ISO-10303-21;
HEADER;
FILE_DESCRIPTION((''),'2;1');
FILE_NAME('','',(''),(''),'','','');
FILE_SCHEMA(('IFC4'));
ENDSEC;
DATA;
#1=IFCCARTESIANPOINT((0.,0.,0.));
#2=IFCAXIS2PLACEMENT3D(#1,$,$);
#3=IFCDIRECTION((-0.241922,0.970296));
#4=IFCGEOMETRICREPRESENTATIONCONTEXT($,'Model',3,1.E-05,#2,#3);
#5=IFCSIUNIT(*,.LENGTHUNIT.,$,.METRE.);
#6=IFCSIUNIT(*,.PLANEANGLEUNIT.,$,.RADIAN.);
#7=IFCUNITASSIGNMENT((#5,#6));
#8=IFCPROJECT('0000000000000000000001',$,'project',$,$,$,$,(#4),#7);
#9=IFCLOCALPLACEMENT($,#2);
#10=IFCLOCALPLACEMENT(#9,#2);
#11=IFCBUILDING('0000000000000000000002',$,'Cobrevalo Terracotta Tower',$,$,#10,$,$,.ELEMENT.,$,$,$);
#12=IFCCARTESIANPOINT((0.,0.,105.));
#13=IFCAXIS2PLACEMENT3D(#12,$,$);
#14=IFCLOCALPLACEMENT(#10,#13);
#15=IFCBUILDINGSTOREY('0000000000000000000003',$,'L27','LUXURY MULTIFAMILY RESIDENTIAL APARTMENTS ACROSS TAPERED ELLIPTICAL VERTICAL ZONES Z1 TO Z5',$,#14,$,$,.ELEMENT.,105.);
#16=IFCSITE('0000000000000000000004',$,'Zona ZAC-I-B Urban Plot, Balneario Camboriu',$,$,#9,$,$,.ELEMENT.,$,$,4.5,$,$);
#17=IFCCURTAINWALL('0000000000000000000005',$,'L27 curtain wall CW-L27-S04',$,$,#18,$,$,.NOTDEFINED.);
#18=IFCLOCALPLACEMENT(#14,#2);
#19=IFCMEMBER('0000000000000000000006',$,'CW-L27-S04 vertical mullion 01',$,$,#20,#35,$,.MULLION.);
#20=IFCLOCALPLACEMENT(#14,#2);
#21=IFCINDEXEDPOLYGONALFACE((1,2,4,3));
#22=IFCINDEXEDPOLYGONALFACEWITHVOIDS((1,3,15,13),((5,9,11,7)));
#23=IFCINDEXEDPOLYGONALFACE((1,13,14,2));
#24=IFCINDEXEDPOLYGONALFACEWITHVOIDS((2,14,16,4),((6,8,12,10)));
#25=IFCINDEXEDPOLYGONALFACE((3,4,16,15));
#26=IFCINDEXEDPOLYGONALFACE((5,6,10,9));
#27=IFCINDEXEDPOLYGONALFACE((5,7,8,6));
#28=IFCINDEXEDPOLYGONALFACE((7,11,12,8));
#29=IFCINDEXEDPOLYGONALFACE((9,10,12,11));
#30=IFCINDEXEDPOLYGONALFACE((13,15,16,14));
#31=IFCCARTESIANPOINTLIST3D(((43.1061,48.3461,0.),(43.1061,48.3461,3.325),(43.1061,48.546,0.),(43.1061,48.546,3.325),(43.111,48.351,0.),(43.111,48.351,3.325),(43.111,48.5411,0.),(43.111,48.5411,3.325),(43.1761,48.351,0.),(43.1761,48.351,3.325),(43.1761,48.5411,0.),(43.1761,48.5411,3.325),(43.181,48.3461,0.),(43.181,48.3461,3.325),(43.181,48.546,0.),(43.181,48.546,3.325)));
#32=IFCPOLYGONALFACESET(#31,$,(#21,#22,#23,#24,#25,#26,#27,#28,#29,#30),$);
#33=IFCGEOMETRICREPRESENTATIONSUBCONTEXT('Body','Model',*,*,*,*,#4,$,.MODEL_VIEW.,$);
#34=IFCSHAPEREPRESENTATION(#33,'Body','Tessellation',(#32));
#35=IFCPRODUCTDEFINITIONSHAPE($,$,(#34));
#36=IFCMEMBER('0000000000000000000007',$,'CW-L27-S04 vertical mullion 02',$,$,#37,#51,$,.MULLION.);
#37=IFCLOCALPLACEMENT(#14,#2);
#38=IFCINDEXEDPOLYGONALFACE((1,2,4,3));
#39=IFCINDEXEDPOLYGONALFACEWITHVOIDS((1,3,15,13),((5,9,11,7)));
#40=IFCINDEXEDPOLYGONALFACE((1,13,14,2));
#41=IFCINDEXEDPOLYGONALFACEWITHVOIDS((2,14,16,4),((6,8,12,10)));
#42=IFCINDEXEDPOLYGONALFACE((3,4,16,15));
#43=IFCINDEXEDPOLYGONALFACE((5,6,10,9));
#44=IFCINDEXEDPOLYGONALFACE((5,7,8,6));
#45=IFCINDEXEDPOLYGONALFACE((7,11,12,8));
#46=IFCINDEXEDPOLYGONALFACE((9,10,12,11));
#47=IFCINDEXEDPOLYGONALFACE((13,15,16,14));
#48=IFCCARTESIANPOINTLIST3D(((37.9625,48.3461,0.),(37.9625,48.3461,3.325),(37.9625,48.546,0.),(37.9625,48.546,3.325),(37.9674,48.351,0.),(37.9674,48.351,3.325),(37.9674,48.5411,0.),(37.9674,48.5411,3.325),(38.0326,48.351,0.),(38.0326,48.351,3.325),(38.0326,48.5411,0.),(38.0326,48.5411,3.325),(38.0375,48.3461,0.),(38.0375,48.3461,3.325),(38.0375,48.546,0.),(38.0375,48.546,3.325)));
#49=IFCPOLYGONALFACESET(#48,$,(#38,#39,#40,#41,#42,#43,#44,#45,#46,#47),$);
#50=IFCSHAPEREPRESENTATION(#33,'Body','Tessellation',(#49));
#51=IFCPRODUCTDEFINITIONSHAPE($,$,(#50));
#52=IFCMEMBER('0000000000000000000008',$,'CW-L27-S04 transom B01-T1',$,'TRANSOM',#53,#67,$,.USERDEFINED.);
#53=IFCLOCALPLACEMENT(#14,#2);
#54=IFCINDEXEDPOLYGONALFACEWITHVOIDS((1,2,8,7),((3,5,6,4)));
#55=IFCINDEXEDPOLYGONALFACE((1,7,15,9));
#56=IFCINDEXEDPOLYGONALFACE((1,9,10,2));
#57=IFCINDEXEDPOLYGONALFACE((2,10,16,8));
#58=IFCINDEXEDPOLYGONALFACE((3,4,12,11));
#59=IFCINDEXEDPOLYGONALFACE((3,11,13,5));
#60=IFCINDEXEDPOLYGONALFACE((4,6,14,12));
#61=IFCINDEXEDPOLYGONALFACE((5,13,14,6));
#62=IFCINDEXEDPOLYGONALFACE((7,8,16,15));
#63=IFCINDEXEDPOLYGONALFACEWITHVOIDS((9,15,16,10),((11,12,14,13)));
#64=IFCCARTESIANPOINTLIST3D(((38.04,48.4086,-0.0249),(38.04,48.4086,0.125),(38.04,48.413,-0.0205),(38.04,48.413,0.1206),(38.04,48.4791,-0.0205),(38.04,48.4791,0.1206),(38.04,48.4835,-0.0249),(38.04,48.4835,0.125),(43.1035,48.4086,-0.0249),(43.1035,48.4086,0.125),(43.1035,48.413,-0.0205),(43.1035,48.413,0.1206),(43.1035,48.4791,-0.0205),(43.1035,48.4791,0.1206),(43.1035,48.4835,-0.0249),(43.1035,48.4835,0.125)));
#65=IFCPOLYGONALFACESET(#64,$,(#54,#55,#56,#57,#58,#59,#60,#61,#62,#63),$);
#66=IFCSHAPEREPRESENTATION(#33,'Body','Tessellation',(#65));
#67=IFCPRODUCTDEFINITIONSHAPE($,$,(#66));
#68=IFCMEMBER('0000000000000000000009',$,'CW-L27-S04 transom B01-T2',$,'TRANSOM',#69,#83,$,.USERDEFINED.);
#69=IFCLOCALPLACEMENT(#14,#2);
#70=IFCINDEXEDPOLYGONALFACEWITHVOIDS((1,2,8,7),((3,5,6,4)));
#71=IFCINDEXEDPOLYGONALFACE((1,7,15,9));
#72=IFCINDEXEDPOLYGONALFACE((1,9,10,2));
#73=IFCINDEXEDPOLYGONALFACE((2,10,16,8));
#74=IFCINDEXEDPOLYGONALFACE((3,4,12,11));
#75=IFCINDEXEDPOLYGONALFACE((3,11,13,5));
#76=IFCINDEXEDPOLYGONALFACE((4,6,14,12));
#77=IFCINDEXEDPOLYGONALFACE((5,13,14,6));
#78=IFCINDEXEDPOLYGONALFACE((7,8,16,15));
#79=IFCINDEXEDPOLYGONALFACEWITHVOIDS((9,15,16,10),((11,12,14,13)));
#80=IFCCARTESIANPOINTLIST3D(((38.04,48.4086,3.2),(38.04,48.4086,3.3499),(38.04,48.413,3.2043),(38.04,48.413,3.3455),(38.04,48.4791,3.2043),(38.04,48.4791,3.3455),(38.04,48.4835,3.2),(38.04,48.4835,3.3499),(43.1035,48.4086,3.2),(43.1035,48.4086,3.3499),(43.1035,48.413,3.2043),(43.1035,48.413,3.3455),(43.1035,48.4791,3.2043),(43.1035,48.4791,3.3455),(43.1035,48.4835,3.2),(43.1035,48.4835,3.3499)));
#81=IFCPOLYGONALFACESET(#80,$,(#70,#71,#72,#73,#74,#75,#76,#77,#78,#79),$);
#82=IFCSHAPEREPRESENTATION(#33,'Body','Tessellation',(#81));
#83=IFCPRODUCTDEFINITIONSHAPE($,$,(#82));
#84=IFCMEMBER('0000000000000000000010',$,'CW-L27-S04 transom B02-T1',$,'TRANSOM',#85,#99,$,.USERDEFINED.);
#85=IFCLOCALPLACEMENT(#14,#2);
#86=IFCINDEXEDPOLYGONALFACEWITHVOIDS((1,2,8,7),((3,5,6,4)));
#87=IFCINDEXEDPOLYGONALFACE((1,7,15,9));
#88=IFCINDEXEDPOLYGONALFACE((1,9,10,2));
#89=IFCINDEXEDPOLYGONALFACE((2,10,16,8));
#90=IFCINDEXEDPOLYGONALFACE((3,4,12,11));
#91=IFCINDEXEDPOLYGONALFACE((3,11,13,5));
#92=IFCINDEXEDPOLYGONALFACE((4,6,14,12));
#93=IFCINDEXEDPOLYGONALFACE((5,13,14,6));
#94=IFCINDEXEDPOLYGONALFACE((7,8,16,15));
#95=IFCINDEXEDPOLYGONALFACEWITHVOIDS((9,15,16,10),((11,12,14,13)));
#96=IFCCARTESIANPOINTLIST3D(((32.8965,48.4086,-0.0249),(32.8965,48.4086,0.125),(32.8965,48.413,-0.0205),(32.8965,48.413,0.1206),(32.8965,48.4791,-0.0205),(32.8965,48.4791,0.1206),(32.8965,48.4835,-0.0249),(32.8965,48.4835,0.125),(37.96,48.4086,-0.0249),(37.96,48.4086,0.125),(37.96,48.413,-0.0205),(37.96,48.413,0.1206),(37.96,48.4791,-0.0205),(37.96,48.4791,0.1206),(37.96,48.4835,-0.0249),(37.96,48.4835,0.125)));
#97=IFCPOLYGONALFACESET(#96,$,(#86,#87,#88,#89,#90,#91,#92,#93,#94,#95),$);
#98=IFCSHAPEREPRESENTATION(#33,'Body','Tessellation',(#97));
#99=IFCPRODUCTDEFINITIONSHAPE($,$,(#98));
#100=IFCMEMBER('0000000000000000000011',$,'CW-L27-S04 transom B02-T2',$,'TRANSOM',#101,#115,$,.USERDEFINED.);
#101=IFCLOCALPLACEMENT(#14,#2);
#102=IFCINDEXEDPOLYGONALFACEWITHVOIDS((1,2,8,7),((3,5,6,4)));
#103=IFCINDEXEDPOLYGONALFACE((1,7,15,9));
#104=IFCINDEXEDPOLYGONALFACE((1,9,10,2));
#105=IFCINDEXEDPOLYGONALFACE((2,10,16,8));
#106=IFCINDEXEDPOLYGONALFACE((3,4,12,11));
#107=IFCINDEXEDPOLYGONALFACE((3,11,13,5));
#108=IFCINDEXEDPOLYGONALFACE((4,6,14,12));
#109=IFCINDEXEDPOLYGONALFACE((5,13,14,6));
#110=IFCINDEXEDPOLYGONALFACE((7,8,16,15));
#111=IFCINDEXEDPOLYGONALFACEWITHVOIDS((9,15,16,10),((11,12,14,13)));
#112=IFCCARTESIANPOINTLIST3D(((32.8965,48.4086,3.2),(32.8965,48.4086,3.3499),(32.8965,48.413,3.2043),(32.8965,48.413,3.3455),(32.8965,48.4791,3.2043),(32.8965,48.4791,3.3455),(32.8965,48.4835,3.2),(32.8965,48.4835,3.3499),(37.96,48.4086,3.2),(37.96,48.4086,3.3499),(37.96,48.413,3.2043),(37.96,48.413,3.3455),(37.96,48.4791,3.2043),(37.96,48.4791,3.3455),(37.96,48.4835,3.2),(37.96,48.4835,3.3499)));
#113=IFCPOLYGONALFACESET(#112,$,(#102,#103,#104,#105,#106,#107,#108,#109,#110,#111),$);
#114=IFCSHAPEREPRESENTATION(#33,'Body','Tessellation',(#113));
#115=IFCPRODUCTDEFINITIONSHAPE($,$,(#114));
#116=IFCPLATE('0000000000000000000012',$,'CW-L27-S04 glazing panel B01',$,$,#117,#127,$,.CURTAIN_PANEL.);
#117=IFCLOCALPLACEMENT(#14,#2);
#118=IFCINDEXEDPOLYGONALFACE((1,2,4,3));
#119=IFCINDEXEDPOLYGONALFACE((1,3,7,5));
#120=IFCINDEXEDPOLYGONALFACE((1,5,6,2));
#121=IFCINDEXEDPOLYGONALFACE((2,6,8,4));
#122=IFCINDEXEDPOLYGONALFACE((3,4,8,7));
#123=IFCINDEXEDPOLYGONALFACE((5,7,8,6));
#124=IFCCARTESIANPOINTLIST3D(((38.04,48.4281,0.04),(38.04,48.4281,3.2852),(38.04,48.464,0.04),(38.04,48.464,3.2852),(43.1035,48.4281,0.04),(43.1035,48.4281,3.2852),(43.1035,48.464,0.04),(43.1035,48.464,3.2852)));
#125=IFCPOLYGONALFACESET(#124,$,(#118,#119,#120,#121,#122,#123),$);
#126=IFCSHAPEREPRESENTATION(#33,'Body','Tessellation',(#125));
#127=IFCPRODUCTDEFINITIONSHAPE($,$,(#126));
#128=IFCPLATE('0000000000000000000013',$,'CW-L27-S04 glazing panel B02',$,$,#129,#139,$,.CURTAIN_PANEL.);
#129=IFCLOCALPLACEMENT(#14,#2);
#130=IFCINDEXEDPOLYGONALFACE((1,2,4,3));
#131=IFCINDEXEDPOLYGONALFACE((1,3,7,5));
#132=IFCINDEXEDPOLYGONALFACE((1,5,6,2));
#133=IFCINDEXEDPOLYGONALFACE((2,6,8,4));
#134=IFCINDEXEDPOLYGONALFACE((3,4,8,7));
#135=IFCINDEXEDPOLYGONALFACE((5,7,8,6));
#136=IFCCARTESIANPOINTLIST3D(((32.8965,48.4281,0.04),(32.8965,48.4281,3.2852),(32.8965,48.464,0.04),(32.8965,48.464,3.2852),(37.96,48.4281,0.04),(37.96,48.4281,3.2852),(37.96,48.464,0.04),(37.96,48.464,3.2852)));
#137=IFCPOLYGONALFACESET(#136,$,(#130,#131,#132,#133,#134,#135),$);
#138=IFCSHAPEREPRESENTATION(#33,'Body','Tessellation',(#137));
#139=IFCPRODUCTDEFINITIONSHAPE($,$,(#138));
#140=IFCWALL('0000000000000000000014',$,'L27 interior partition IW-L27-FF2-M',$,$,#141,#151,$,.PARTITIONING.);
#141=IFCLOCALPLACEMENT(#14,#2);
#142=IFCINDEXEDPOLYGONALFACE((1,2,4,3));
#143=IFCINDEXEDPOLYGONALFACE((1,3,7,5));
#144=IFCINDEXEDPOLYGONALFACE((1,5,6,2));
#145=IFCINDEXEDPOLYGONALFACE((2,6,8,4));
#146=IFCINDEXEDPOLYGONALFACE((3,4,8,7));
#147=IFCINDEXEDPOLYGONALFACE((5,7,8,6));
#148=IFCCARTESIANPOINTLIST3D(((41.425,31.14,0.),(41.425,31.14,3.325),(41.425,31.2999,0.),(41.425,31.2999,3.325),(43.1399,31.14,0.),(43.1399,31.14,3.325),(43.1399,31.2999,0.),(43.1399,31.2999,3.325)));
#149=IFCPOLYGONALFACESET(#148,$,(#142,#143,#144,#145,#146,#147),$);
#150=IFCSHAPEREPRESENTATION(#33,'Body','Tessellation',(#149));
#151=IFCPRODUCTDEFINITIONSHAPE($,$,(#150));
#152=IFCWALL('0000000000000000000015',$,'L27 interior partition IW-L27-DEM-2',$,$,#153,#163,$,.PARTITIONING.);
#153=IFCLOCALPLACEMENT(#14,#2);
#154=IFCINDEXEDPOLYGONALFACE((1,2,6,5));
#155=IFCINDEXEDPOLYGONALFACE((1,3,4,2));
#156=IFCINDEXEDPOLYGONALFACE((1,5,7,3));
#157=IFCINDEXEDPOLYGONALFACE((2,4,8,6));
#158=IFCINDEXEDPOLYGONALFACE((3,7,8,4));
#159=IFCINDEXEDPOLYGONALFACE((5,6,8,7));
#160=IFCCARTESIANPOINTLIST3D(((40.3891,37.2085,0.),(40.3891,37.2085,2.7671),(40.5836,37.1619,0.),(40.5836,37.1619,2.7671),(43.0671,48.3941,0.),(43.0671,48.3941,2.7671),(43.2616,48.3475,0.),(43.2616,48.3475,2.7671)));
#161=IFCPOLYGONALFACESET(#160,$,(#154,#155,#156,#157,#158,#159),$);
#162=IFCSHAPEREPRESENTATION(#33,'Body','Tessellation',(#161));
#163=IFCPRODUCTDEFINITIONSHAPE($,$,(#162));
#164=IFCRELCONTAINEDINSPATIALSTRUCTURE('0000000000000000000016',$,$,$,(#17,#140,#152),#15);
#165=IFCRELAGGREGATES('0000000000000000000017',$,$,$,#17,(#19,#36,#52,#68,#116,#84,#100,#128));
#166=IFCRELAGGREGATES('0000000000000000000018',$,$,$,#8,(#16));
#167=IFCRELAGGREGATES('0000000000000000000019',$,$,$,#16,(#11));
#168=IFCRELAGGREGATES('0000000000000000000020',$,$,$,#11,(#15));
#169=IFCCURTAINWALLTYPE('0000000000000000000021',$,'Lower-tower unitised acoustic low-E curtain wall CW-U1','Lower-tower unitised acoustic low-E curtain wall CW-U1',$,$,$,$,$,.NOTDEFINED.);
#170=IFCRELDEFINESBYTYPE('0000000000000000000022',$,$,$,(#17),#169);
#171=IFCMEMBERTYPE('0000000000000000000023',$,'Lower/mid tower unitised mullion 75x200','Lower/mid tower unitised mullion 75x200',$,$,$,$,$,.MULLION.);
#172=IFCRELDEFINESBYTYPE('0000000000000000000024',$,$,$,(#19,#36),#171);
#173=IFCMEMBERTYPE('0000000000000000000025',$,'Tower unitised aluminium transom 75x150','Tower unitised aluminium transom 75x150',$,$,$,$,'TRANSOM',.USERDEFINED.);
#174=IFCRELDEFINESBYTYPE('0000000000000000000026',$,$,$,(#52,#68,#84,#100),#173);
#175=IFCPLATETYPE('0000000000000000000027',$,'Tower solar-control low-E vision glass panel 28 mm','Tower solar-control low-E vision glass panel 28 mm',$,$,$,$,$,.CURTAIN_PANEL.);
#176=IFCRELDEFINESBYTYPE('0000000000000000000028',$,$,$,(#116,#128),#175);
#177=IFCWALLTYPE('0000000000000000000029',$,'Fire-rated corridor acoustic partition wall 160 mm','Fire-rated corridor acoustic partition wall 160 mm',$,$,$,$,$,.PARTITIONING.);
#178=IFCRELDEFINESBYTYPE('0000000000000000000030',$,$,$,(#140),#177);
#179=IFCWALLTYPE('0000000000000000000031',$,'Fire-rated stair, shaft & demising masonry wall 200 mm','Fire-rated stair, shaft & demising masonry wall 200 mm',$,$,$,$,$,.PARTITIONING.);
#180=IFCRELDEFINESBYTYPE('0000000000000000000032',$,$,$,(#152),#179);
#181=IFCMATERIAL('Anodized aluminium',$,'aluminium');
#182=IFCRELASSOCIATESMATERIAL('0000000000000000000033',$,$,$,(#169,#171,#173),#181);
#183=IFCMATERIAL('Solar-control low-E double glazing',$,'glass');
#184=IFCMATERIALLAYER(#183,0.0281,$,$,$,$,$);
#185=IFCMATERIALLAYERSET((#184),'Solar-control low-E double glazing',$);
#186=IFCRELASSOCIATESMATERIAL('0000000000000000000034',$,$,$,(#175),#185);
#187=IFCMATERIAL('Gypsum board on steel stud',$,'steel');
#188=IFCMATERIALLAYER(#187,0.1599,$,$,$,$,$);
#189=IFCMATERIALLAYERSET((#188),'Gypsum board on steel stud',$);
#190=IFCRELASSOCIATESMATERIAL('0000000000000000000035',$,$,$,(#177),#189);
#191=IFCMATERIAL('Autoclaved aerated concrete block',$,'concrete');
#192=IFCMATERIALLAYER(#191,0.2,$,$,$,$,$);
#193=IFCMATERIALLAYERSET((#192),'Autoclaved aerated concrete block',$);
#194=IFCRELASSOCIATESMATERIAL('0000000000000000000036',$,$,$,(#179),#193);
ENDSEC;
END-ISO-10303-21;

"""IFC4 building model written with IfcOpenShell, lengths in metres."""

from ifc_helpers import new_model, si_unit, direction, frame, frame_2d, origin, origin_2d, place, context, subcontext, project, spatial, rectangle, hollow_rectangle, extrude, source, transform, mapped, material, layer, layer_set, material_profile, profile_set, type_object, element, aggregate, save


model = new_model("IFC4")

# Units and contexts
model_context = context("Model", 3, precision=1e-05, world=origin(), true_north=direction((-0.241922, 0.970296)))
body_context = subcontext(model_context, "Body", "Model", "MODEL_VIEW")
ifc_project = project(units=[si_unit("LENGTHUNIT", "METRE"), si_unit("PLANEANGLEUNIT", "RADIAN")], contexts=[model_context])

# Site, building, storey
site_placement = place(None, origin())
site = spatial("IfcSite", under=ifc_project, at=site_placement, Name="Zona ZAC-I-B Urban Plot, Balneario Camboriu", CompositionType="ELEMENT", RefElevation=4.5)
building_placement = place(site_placement, origin())
building = spatial("IfcBuilding", under=site, at=building_placement, Name="Cobrevalo Terracotta Tower", CompositionType="ELEMENT")
storey_placement = place(building_placement, frame((0.0, 0.0, 105.0)))
storey = spatial("IfcBuildingStorey", under=building, at=storey_placement, Name="L27", Description="LUXURY MULTIFAMILY RESIDENTIAL APARTMENTS ACROSS TAPERED ELLIPTICAL VERTICAL ZONES Z1 TO Z5", CompositionType="ELEMENT", Elevation=105.0)

# Curtain wall, members, plates
ifc_material_1 = material(Name="Anodized aluminium", Category="aluminium")
curtain_wall_type = type_object("IfcCurtainWallType", Name="Lower-tower unitised acoustic low-E curtain wall CW-U1", Description="Lower-tower unitised acoustic low-E curtain wall CW-U1", PredefinedType="NOTDEFINED", material=ifc_material_1)
curtain_wall_placement = place(storey_placement, origin())
curtain_wall = element("IfcCurtainWall", 1, at=curtain_wall_placement, inside=storey, type_object=curtain_wall_type, Name="L27 curtain wall CW-L27-S04", PredefinedType="NOTDEFINED")
ifc_material_profile_1 = material_profile(ifc_material_1, hollow_rectangle(XDim=0.075, YDim=0.2, WallThickness=0.0049, at=origin_2d()), Name="CWM 75x200")
ifc_profile_set_1 = profile_set([ifc_material_profile_1], Name="Anodized aluminium")
member_type_1 = type_object("IfcMemberType", Name="Lower/mid tower unitised mullion 75x200", Description="Lower/mid tower unitised mullion 75x200", PredefinedType="MULLION", material=ifc_profile_set_1)
shared_shape_1 = source(origin(), body_context, "Body", "SweptSolid", [
    extrude(hollow_rectangle(XDim=0.075, YDim=0.2, WallThickness=0.0049, at=origin_2d()), origin(), (0.0, 0.0, 1.0), 3.325),
])
member_1_placement = place(storey_placement, frame((43.1436, 48.446, 0.0), z_axis=(0.0, 0.0, 1.0), x_axis=(-1.0, 0.0, 0.0)))
member_1 = element("IfcMember", 2, at=member_1_placement, type_object=member_type_1, Name="CW-L27-S04 vertical mullion 01", PredefinedType="MULLION", context=body_context, shape_type="MappedRepresentation", body=[
    mapped(shared_shape_1, transform((0.0, 0.0, 0.0), scale=1.0)),
])
member_2_placement = place(storey_placement, frame((38.0, 48.446, 0.0), z_axis=(0.0, 0.0, 1.0), x_axis=(-1.0, 0.0, 0.0)))
member_2 = element("IfcMember", 3, at=member_2_placement, type_object=member_type_1, Name="CW-L27-S04 vertical mullion 02", PredefinedType="MULLION", context=body_context, shape_type="MappedRepresentation", body=[
    mapped(shared_shape_1, transform((0.0, 0.0, 0.0), scale=1.0)),
])
ifc_material_profile_2 = material_profile(ifc_material_1, hollow_rectangle(XDim=0.075, YDim=0.1499, WallThickness=0.0044, at=origin_2d()), Name="CWT 75x150")
ifc_profile_set_2 = profile_set([ifc_material_profile_2], Name="Anodized aluminium")
member_type_2 = type_object("IfcMemberType", Name="Tower unitised aluminium transom 75x150", Description="Tower unitised aluminium transom 75x150", ElementType="TRANSOM", PredefinedType="USERDEFINED", material=ifc_profile_set_2)
shared_shape_2 = source(origin(), body_context, "Body", "SweptSolid", [
    extrude(hollow_rectangle(XDim=0.075, YDim=0.1499, WallThickness=0.0044, at=origin_2d()), origin(), (0.0, 0.0, 1.0), 5.0635),
])
member_3_placement = place(storey_placement, frame((43.1035, 48.446, 0.05), z_axis=(-1.0, 0.0, 0.0), x_axis=(0.0, -1.0, 0.0)))
member_3 = element("IfcMember", 4, at=member_3_placement, type_object=member_type_2, Name="CW-L27-S04 transom B01-T1", ObjectType="TRANSOM", PredefinedType="USERDEFINED", context=body_context, shape_type="MappedRepresentation", body=[
    mapped(shared_shape_2, transform((0.0, 0.0, 0.0), scale=1.0)),
])
member_4_placement = place(storey_placement, frame((43.1035, 48.446, 3.2749), z_axis=(-1.0, 0.0, 0.0), x_axis=(0.0, -1.0, 0.0)))
member_4 = element("IfcMember", 5, at=member_4_placement, type_object=member_type_2, Name="CW-L27-S04 transom B01-T2", ObjectType="TRANSOM", PredefinedType="USERDEFINED", context=body_context, shape_type="MappedRepresentation", body=[
    mapped(shared_shape_2, transform((0.0, 0.0, 0.0), scale=1.0)),
])
member_5_placement = place(storey_placement, frame((37.96, 48.446, 0.05), z_axis=(-1.0, 0.0, 0.0), x_axis=(0.0, -1.0, 0.0)))
member_5 = element("IfcMember", 6, at=member_5_placement, type_object=member_type_2, Name="CW-L27-S04 transom B02-T1", ObjectType="TRANSOM", PredefinedType="USERDEFINED", context=body_context, shape_type="MappedRepresentation", body=[
    mapped(shared_shape_2, transform((0.0, 0.0, 0.0), scale=1.0)),
])
member_6_placement = place(storey_placement, frame((37.96, 48.446, 3.2749), z_axis=(-1.0, 0.0, 0.0), x_axis=(0.0, -1.0, 0.0)))
member_6 = element("IfcMember", 7, at=member_6_placement, type_object=member_type_2, Name="CW-L27-S04 transom B02-T2", ObjectType="TRANSOM", PredefinedType="USERDEFINED", context=body_context, shape_type="MappedRepresentation", body=[
    mapped(shared_shape_2, transform((0.0, 0.0, 0.0), scale=1.0)),
])
ifc_material_2 = material(Name="Solar-control low-E double glazing", Category="glass")
ifc_layer_1 = layer(ifc_material_2, 0.0281)
ifc_layer_set_1 = layer_set([ifc_layer_1], Name="Solar-control low-E double glazing")
plate_type = type_object("IfcPlateType", Name="Tower solar-control low-E vision glass panel 28 mm", Description="Tower solar-control low-E vision glass panel 28 mm", PredefinedType="CURTAIN_PANEL", material=ifc_layer_set_1)
shared_shape_3 = source(origin(), body_context, "Body", "SweptSolid", [
    extrude(rectangle(XDim=5.0635, YDim=0.0359, at=origin_2d()), origin(), (0.0, 0.0, 1.0), 3.2451),
])
plate_1_placement = place(storey_placement, frame((40.5718, 48.446, 0.04), z_axis=(0.0, 0.0, 1.0), x_axis=(-1.0, 0.0, 0.0)))
plate_1 = element("IfcPlate", 8, at=plate_1_placement, type_object=plate_type, Name="CW-L27-S04 glazing panel B01", PredefinedType="CURTAIN_PANEL", context=body_context, shape_type="MappedRepresentation", body=[
    mapped(shared_shape_3, transform((0.0, 0.0, 0.0), scale=1.0)),
])
plate_2_placement = place(storey_placement, frame((35.4282, 48.446, 0.04), z_axis=(0.0, 0.0, 1.0), x_axis=(-1.0, 0.0, 0.0)))
plate_2 = element("IfcPlate", 9, at=plate_2_placement, type_object=plate_type, Name="CW-L27-S04 glazing panel B02", PredefinedType="CURTAIN_PANEL", context=body_context, shape_type="MappedRepresentation", body=[
    mapped(shared_shape_3, transform((0.0, 0.0, 0.0), scale=1.0)),
])
aggregate(curtain_wall, [member_1, member_2, member_3, member_4, plate_1, member_5, member_6, plate_2])

# Walls
ifc_material_3 = material(Name="Gypsum board on steel stud", Category="steel")
ifc_layer_2 = layer(ifc_material_3, 0.1599)
ifc_layer_set_2 = layer_set([ifc_layer_2], Name="Gypsum board on steel stud")
wall_type_1 = type_object("IfcWallType", Name="Fire-rated corridor acoustic partition wall 160 mm", Description="Fire-rated corridor acoustic partition wall 160 mm", PredefinedType="PARTITIONING", material=ifc_layer_set_2)
wall_1_placement = place(storey_placement, frame((41.425, 31.22, 0.0), z_axis=(0.0, 0.0, 1.0), x_axis=(1.0, 0.0, 0.0)))
element("IfcWall", 10, at=wall_1_placement, inside=storey, type_object=wall_type_1, Name="L27 interior partition IW-L27-FF2-M", PredefinedType="PARTITIONING", context=body_context, shape_type="SweptSolid", body=[
    extrude(rectangle(XDim=1.7148, YDim=0.1599, at=frame_2d((0.8574, 0.0))), origin(), (0.0, 0.0, 1.0), 3.325),
])
ifc_material_4 = material(Name="Autoclaved aerated concrete block", Category="concrete")
ifc_layer_3 = layer(ifc_material_4, 0.2)
ifc_layer_set_3 = layer_set([ifc_layer_3], Name="Autoclaved aerated concrete block")
wall_type_2 = type_object("IfcWallType", Name="Fire-rated stair, shaft & demising masonry wall 200 mm", Description="Fire-rated stair, shaft & demising masonry wall 200 mm", PredefinedType="PARTITIONING", material=ifc_layer_set_3)
wall_2_placement = place(storey_placement, frame((40.4863, 37.1851, 0.0), z_axis=(0.0, 0.0, 1.0), x_axis=(0.232834, 0.972516, 0.0)))
element("IfcWall", 11, at=wall_2_placement, inside=storey, type_object=wall_type_2, Name="L27 interior partition IW-L27-DEM-2", PredefinedType="PARTITIONING", context=body_context, shape_type="SweptSolid", body=[
    extrude(rectangle(XDim=11.5017, YDim=0.2, at=frame_2d((5.751, 0.0))), origin(), (0.0, 0.0, 1.0), 2.7671),
])

save(model, "model.ifc")
